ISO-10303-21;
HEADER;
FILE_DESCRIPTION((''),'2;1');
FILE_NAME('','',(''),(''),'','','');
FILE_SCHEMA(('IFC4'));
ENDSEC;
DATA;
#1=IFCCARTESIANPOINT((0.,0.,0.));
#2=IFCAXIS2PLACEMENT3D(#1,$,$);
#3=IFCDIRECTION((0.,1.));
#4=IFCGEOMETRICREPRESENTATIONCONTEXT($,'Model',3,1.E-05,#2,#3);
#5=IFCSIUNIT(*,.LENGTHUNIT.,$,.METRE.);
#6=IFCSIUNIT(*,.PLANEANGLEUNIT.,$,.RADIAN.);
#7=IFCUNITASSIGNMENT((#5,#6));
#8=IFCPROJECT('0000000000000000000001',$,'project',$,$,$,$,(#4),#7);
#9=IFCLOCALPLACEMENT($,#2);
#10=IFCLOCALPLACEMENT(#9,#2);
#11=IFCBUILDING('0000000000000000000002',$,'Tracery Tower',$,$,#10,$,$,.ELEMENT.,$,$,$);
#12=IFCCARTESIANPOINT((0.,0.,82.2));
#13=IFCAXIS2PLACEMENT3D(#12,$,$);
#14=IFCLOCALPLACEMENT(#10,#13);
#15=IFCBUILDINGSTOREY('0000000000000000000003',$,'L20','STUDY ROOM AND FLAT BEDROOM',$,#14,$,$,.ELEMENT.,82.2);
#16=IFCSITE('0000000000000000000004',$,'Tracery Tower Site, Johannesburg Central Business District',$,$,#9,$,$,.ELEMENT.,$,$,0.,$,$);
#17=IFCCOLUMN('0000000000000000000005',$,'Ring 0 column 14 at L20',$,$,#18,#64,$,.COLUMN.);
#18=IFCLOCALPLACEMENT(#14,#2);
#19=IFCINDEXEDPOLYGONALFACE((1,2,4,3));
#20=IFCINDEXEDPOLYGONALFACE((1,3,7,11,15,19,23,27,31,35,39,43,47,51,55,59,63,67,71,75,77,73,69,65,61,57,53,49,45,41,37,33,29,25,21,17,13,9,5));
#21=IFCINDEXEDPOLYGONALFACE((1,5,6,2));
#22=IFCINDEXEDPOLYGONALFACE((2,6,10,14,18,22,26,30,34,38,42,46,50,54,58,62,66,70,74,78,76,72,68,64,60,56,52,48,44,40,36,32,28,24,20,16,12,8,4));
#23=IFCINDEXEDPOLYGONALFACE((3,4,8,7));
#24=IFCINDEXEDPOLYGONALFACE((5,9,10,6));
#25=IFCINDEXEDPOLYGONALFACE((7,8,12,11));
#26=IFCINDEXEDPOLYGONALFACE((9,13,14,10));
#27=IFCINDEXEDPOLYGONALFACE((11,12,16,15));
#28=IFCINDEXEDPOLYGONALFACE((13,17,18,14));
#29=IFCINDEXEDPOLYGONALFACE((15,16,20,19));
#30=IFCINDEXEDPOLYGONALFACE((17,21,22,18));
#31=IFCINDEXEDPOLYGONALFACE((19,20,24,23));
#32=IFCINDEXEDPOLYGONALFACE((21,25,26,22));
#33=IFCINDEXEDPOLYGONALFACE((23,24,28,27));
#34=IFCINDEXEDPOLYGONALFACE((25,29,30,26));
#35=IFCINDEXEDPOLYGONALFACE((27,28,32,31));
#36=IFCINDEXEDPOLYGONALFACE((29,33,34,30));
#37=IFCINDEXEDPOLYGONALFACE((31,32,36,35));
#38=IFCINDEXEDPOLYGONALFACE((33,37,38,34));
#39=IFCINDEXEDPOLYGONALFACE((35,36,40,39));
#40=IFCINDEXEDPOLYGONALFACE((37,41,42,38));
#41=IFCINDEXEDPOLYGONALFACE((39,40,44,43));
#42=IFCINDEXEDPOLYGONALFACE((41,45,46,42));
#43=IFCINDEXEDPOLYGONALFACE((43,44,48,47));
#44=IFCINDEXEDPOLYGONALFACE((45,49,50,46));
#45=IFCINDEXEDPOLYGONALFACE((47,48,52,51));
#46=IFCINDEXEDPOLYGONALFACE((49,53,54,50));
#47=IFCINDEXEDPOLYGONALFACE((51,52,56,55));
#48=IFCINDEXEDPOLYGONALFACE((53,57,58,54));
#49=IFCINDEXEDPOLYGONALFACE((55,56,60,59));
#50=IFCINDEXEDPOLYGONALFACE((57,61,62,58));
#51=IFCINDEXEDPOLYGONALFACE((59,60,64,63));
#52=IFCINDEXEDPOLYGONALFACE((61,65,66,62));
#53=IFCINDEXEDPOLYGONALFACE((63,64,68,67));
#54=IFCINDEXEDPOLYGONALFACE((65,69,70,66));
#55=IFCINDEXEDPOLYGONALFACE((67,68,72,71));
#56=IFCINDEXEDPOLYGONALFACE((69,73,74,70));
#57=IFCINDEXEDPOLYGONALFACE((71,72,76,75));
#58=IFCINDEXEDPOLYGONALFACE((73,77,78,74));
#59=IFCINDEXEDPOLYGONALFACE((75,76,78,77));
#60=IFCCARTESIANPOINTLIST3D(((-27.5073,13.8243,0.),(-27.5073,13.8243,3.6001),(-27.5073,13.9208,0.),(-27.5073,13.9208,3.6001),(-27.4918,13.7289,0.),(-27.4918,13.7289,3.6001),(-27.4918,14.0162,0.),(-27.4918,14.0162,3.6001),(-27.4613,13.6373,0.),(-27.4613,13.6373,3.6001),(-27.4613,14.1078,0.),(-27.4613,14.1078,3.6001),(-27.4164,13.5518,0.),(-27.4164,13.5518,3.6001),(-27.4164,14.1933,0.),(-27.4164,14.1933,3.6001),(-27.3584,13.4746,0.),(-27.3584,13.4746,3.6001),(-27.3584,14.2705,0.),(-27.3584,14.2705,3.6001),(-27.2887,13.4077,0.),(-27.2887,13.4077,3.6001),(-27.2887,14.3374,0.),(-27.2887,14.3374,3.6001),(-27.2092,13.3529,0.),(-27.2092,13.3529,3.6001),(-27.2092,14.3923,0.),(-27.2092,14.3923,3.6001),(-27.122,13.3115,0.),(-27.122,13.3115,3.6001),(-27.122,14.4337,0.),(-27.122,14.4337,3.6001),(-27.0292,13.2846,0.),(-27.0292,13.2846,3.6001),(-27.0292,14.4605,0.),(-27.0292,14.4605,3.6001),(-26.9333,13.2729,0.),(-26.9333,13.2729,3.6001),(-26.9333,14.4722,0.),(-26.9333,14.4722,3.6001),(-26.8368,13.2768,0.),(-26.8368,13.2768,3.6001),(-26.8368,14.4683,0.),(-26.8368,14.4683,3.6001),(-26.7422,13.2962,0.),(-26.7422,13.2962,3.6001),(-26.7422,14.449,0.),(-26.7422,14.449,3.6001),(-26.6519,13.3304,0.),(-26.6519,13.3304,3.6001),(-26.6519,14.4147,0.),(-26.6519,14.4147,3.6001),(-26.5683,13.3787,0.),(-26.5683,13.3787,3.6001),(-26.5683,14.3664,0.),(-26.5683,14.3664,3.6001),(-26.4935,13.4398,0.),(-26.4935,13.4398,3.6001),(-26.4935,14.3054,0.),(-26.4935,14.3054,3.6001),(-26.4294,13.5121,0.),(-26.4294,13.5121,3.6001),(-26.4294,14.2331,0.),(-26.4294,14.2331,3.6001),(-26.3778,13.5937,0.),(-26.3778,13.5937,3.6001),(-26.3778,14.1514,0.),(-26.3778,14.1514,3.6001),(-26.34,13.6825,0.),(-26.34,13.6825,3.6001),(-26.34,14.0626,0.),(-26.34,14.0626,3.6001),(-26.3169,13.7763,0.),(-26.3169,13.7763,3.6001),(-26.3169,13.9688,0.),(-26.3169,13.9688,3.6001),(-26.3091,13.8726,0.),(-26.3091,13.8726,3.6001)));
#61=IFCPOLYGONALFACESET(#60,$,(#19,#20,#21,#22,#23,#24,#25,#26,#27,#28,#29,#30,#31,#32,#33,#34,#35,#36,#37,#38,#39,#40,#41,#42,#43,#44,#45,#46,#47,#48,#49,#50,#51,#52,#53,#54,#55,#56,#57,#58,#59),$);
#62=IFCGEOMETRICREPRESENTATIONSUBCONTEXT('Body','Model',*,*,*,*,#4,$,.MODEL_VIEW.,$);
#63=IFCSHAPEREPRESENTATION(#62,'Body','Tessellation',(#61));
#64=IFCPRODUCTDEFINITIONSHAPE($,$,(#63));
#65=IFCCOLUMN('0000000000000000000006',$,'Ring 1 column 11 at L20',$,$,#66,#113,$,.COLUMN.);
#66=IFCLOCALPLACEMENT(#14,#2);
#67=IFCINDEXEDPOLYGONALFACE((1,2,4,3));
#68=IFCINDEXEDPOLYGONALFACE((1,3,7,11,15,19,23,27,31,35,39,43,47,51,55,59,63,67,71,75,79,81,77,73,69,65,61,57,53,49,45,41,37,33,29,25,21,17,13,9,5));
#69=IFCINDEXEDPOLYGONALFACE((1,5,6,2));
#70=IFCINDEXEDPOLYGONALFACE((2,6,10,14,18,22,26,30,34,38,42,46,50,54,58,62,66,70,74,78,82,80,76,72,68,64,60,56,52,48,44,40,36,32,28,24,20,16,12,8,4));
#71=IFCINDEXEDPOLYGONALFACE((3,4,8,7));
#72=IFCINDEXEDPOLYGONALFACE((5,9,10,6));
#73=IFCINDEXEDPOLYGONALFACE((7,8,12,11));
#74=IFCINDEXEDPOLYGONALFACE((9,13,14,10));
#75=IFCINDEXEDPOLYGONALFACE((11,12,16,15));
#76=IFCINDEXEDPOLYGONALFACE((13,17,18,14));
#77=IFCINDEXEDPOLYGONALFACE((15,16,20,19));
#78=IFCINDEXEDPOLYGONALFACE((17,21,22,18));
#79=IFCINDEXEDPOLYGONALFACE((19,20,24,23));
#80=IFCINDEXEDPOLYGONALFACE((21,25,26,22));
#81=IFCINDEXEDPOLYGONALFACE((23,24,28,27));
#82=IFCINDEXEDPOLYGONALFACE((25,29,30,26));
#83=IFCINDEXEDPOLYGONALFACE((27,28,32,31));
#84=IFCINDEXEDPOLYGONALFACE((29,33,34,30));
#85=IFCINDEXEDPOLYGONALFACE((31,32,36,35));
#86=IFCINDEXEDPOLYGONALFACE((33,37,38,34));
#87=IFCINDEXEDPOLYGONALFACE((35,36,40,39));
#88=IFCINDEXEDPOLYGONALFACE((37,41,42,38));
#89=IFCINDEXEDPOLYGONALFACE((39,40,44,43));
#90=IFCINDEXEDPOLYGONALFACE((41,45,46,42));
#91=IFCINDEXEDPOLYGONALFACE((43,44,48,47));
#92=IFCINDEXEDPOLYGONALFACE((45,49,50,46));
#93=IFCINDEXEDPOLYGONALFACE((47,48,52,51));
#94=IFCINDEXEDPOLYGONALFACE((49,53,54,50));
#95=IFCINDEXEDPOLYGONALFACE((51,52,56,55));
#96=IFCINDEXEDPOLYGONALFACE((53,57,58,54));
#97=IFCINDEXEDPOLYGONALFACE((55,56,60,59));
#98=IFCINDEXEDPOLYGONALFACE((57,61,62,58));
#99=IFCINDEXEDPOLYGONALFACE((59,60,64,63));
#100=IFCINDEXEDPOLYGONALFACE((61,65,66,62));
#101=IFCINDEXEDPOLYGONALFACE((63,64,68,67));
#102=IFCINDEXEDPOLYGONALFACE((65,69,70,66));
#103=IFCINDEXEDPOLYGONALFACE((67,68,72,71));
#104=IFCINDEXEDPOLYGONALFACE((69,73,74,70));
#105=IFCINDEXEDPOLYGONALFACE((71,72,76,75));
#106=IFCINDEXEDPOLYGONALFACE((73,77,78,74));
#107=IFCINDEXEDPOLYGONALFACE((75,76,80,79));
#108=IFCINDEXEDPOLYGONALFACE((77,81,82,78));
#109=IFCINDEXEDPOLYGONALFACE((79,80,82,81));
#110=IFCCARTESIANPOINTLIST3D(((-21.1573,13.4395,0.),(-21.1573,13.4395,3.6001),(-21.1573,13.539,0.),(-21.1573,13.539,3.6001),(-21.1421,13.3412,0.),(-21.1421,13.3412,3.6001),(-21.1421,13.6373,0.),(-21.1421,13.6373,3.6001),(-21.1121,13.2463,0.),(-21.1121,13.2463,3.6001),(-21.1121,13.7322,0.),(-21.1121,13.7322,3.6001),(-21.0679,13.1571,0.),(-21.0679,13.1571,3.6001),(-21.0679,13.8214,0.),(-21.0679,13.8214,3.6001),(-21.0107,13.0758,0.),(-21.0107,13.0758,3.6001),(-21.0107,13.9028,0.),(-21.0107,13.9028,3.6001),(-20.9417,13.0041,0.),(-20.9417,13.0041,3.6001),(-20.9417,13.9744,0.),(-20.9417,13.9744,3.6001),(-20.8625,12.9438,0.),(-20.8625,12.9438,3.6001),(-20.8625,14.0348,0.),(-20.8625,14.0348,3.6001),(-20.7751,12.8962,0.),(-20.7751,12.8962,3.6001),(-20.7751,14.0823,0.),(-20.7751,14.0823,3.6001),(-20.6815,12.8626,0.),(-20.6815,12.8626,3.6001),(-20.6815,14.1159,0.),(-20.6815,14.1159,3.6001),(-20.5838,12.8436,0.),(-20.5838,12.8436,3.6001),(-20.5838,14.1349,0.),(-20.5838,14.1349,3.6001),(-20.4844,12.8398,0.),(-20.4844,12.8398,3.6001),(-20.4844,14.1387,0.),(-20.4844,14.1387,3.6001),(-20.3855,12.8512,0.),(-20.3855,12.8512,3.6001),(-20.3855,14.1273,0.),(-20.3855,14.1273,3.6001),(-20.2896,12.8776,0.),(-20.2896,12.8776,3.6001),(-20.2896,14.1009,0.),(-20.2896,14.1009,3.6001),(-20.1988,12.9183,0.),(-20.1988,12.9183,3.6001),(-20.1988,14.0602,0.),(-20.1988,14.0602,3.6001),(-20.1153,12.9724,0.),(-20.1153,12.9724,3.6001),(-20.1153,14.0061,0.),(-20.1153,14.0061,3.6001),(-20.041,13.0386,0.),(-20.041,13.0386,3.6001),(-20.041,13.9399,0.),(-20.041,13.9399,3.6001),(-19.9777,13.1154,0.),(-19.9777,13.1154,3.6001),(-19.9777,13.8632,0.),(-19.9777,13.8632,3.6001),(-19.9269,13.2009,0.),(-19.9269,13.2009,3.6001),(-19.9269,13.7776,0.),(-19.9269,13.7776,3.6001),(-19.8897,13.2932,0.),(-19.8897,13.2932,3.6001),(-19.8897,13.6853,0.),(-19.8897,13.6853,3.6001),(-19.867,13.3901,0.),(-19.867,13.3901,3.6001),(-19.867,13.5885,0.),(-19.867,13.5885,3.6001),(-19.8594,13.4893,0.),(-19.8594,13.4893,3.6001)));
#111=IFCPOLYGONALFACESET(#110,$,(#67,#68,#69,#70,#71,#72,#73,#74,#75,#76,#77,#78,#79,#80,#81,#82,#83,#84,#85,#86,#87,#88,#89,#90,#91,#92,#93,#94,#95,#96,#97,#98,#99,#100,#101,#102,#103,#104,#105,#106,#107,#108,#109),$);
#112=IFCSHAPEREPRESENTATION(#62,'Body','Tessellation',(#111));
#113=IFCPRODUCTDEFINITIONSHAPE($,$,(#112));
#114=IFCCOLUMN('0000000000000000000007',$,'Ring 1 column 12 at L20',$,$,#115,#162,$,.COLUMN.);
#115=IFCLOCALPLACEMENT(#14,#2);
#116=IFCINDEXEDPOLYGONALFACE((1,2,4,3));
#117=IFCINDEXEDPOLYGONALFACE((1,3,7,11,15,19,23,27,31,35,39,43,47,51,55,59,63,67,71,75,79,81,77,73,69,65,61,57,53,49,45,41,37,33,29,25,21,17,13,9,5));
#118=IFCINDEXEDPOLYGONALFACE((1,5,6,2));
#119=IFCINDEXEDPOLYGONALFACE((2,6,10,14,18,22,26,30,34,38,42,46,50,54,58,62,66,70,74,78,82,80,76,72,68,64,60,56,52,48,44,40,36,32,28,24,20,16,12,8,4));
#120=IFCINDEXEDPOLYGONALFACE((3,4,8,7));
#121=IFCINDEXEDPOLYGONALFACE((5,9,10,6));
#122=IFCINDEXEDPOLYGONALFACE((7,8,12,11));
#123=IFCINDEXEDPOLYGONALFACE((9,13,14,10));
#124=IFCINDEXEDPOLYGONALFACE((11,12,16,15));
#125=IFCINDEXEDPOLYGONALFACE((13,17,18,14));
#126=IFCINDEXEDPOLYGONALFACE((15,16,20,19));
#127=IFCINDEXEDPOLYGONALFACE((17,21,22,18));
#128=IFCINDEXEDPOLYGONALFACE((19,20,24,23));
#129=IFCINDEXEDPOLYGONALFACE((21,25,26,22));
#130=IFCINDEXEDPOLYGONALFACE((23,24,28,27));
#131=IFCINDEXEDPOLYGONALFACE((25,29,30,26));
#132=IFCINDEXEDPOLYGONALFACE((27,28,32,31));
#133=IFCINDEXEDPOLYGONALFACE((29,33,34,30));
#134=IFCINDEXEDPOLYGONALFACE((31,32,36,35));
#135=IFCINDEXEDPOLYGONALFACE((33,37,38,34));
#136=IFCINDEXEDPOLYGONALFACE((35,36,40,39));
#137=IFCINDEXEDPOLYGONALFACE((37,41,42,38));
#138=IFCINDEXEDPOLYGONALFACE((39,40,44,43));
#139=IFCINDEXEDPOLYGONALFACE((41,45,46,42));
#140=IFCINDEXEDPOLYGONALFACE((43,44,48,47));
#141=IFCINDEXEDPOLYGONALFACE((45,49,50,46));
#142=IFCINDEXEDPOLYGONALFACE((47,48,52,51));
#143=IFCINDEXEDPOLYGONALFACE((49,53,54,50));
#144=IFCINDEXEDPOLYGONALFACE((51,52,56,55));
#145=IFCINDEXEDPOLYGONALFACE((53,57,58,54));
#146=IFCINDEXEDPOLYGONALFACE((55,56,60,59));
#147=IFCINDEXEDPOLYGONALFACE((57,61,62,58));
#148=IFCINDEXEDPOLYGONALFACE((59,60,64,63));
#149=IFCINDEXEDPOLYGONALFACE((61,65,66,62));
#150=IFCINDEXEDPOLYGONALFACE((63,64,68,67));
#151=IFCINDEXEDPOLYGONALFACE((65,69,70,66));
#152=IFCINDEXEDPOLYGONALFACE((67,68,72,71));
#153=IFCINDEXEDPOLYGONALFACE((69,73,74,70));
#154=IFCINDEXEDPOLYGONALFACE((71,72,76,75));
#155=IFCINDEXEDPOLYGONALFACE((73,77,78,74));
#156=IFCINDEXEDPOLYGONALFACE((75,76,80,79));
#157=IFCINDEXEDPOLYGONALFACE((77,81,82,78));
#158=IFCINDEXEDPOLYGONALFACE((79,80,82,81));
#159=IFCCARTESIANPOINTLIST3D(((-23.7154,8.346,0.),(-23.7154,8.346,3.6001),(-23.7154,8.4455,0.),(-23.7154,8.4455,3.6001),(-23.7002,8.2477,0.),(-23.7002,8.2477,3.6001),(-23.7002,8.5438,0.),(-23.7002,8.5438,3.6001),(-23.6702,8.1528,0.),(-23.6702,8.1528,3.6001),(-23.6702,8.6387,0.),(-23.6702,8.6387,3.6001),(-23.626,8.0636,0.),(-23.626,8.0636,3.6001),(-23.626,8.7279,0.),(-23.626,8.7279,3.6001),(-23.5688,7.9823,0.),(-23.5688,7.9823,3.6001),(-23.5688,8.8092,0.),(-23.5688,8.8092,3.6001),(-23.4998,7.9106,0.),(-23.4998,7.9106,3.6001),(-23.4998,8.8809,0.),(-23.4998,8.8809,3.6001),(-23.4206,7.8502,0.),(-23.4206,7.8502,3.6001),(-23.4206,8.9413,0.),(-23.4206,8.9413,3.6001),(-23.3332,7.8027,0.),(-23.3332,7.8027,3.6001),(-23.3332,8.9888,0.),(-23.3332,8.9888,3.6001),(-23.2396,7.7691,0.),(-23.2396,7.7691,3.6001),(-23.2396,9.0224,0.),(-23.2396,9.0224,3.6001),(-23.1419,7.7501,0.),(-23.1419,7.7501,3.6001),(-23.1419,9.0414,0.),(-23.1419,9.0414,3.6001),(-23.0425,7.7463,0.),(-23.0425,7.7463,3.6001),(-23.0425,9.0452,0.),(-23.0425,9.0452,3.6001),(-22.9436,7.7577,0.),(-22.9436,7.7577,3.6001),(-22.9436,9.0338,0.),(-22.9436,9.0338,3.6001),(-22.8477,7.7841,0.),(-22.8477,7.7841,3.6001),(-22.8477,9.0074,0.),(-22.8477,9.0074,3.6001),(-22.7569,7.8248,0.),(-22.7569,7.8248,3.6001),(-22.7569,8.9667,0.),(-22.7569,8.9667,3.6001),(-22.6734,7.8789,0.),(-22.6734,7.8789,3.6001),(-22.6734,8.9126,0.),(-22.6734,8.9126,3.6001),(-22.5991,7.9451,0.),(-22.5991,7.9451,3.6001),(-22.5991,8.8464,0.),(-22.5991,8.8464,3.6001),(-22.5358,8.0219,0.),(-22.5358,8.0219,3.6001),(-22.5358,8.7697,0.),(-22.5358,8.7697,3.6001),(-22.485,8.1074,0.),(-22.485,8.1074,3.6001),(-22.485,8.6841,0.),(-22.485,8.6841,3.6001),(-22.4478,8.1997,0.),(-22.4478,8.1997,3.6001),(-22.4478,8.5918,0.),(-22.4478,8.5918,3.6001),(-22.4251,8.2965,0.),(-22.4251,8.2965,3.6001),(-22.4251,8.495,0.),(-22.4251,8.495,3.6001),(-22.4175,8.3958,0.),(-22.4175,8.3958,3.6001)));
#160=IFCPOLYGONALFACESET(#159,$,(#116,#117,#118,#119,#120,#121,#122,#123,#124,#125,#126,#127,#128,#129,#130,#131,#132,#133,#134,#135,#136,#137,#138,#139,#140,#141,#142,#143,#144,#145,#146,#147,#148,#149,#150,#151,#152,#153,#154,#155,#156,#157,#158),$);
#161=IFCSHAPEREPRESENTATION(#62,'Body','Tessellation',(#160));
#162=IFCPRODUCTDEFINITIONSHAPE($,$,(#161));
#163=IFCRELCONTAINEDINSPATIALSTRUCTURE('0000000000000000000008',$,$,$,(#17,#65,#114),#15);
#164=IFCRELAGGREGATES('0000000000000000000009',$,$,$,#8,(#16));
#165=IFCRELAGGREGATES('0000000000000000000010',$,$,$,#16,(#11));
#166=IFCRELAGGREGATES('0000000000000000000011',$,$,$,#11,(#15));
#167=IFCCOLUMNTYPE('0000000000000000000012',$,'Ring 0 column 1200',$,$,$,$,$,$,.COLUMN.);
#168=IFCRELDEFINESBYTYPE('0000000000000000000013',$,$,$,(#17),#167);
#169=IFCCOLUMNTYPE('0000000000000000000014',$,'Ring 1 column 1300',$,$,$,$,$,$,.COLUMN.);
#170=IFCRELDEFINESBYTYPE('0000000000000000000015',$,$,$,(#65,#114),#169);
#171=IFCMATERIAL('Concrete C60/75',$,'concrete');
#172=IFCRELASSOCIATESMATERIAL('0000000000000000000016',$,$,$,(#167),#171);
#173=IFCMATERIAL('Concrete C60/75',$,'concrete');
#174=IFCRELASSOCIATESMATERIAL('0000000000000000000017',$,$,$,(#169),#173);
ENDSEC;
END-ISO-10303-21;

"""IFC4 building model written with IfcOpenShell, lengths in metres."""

from ifc_helpers import new_model, si_unit, direction, frame, origin, origin_2d, place, context, subcontext, project, spatial, circle, extrude, material, material_profile, profile_set, type_object, element, save


model = new_model("IFC4")

# Units and contexts
model_context = context("Model", 3, precision=1e-05, world=origin(), true_north=direction((0.0, 1.0)))
body_context = subcontext(model_context, "Body", "Model", "MODEL_VIEW")
ifc_project = project(units=[si_unit("LENGTHUNIT", "METRE"), si_unit("PLANEANGLEUNIT", "RADIAN")], contexts=[model_context])

# Site, building, storey
site_placement = place(None, origin())
site = spatial("IfcSite", under=ifc_project, at=site_placement, Name="Tracery Tower Site, Johannesburg Central Business District", CompositionType="ELEMENT", RefElevation=0.0)
building_placement = place(site_placement, origin())
building = spatial("IfcBuilding", under=site, at=building_placement, Name="Tracery Tower", CompositionType="ELEMENT")
storey_placement = place(building_placement, frame((0.0, 0.0, 82.2)))
storey = spatial("IfcBuildingStorey", under=building, at=storey_placement, Name="L20", Description="STUDY ROOM AND FLAT BEDROOM", CompositionType="ELEMENT", Elevation=82.2)

# Columns
ifc_material_1 = material(Name="Concrete C60/75", Category="concrete")
ifc_material_profile_1 = material_profile(ifc_material_1, circle(Radius=0.6001, at=origin_2d()), Name="RC D1200")
ifc_profile_set_1 = profile_set([ifc_material_profile_1], Name="Concrete C60/75")
column_type_1 = type_object("IfcColumnType", Name="Ring 0 column 1200", PredefinedType="COLUMN", material=ifc_profile_set_1)
column_placement = place(storey_placement, frame((-26.9092, 13.8726, 0.0), z_axis=(0.0, 0.0, 1.0), x_axis=(1.0, 0.0, 0.0)))
element("IfcColumn", 1, at=column_placement, inside=storey, type_object=column_type_1, Name="Ring 0 column 14 at L20", PredefinedType="COLUMN", context=body_context, shape_type="SweptSolid", body=[
    extrude(circle(Radius=0.6001, at=origin_2d()), origin(), (0.0, 0.0, 1.0), 3.6001),
])
ifc_material_2 = material(Name="Concrete C60/75", Category="concrete")
ifc_material_profile_2 = material_profile(ifc_material_2, circle(Radius=0.6499, at=origin_2d()), Name="RC D1300")
ifc_profile_set_2 = profile_set([ifc_material_profile_2], Name="Concrete C60/75")
column_type_2 = type_object("IfcColumnType", Name="Ring 1 column 1300", PredefinedType="COLUMN", material=ifc_profile_set_2)
for number, where, z_axis, x_axis, name in (
    (2, (-20.5093, 13.4893, 0.0), (0.0, 0.0, 1.0), (1.0, 0.0, 0.0), "Ring 1 column 11 at L20"),
    (3, (-23.0674, 8.3958, 0.0), (0.0, 0.0, 1.0), (1.0, 0.0, 0.0), "Ring 1 column 12 at L20"),
):
    element("IfcColumn", number, at=place(storey_placement, frame(where, z_axis=z_axis, x_axis=x_axis)), inside=storey, type_object=column_type_2, Name=name, PredefinedType="COLUMN", context=body_context, shape_type="SweptSolid", body=[
        extrude(circle(Radius=0.6499, at=origin_2d()), origin(), (0.0, 0.0, 1.0), 3.6001),
    ])

save(model, "model.ifc")
